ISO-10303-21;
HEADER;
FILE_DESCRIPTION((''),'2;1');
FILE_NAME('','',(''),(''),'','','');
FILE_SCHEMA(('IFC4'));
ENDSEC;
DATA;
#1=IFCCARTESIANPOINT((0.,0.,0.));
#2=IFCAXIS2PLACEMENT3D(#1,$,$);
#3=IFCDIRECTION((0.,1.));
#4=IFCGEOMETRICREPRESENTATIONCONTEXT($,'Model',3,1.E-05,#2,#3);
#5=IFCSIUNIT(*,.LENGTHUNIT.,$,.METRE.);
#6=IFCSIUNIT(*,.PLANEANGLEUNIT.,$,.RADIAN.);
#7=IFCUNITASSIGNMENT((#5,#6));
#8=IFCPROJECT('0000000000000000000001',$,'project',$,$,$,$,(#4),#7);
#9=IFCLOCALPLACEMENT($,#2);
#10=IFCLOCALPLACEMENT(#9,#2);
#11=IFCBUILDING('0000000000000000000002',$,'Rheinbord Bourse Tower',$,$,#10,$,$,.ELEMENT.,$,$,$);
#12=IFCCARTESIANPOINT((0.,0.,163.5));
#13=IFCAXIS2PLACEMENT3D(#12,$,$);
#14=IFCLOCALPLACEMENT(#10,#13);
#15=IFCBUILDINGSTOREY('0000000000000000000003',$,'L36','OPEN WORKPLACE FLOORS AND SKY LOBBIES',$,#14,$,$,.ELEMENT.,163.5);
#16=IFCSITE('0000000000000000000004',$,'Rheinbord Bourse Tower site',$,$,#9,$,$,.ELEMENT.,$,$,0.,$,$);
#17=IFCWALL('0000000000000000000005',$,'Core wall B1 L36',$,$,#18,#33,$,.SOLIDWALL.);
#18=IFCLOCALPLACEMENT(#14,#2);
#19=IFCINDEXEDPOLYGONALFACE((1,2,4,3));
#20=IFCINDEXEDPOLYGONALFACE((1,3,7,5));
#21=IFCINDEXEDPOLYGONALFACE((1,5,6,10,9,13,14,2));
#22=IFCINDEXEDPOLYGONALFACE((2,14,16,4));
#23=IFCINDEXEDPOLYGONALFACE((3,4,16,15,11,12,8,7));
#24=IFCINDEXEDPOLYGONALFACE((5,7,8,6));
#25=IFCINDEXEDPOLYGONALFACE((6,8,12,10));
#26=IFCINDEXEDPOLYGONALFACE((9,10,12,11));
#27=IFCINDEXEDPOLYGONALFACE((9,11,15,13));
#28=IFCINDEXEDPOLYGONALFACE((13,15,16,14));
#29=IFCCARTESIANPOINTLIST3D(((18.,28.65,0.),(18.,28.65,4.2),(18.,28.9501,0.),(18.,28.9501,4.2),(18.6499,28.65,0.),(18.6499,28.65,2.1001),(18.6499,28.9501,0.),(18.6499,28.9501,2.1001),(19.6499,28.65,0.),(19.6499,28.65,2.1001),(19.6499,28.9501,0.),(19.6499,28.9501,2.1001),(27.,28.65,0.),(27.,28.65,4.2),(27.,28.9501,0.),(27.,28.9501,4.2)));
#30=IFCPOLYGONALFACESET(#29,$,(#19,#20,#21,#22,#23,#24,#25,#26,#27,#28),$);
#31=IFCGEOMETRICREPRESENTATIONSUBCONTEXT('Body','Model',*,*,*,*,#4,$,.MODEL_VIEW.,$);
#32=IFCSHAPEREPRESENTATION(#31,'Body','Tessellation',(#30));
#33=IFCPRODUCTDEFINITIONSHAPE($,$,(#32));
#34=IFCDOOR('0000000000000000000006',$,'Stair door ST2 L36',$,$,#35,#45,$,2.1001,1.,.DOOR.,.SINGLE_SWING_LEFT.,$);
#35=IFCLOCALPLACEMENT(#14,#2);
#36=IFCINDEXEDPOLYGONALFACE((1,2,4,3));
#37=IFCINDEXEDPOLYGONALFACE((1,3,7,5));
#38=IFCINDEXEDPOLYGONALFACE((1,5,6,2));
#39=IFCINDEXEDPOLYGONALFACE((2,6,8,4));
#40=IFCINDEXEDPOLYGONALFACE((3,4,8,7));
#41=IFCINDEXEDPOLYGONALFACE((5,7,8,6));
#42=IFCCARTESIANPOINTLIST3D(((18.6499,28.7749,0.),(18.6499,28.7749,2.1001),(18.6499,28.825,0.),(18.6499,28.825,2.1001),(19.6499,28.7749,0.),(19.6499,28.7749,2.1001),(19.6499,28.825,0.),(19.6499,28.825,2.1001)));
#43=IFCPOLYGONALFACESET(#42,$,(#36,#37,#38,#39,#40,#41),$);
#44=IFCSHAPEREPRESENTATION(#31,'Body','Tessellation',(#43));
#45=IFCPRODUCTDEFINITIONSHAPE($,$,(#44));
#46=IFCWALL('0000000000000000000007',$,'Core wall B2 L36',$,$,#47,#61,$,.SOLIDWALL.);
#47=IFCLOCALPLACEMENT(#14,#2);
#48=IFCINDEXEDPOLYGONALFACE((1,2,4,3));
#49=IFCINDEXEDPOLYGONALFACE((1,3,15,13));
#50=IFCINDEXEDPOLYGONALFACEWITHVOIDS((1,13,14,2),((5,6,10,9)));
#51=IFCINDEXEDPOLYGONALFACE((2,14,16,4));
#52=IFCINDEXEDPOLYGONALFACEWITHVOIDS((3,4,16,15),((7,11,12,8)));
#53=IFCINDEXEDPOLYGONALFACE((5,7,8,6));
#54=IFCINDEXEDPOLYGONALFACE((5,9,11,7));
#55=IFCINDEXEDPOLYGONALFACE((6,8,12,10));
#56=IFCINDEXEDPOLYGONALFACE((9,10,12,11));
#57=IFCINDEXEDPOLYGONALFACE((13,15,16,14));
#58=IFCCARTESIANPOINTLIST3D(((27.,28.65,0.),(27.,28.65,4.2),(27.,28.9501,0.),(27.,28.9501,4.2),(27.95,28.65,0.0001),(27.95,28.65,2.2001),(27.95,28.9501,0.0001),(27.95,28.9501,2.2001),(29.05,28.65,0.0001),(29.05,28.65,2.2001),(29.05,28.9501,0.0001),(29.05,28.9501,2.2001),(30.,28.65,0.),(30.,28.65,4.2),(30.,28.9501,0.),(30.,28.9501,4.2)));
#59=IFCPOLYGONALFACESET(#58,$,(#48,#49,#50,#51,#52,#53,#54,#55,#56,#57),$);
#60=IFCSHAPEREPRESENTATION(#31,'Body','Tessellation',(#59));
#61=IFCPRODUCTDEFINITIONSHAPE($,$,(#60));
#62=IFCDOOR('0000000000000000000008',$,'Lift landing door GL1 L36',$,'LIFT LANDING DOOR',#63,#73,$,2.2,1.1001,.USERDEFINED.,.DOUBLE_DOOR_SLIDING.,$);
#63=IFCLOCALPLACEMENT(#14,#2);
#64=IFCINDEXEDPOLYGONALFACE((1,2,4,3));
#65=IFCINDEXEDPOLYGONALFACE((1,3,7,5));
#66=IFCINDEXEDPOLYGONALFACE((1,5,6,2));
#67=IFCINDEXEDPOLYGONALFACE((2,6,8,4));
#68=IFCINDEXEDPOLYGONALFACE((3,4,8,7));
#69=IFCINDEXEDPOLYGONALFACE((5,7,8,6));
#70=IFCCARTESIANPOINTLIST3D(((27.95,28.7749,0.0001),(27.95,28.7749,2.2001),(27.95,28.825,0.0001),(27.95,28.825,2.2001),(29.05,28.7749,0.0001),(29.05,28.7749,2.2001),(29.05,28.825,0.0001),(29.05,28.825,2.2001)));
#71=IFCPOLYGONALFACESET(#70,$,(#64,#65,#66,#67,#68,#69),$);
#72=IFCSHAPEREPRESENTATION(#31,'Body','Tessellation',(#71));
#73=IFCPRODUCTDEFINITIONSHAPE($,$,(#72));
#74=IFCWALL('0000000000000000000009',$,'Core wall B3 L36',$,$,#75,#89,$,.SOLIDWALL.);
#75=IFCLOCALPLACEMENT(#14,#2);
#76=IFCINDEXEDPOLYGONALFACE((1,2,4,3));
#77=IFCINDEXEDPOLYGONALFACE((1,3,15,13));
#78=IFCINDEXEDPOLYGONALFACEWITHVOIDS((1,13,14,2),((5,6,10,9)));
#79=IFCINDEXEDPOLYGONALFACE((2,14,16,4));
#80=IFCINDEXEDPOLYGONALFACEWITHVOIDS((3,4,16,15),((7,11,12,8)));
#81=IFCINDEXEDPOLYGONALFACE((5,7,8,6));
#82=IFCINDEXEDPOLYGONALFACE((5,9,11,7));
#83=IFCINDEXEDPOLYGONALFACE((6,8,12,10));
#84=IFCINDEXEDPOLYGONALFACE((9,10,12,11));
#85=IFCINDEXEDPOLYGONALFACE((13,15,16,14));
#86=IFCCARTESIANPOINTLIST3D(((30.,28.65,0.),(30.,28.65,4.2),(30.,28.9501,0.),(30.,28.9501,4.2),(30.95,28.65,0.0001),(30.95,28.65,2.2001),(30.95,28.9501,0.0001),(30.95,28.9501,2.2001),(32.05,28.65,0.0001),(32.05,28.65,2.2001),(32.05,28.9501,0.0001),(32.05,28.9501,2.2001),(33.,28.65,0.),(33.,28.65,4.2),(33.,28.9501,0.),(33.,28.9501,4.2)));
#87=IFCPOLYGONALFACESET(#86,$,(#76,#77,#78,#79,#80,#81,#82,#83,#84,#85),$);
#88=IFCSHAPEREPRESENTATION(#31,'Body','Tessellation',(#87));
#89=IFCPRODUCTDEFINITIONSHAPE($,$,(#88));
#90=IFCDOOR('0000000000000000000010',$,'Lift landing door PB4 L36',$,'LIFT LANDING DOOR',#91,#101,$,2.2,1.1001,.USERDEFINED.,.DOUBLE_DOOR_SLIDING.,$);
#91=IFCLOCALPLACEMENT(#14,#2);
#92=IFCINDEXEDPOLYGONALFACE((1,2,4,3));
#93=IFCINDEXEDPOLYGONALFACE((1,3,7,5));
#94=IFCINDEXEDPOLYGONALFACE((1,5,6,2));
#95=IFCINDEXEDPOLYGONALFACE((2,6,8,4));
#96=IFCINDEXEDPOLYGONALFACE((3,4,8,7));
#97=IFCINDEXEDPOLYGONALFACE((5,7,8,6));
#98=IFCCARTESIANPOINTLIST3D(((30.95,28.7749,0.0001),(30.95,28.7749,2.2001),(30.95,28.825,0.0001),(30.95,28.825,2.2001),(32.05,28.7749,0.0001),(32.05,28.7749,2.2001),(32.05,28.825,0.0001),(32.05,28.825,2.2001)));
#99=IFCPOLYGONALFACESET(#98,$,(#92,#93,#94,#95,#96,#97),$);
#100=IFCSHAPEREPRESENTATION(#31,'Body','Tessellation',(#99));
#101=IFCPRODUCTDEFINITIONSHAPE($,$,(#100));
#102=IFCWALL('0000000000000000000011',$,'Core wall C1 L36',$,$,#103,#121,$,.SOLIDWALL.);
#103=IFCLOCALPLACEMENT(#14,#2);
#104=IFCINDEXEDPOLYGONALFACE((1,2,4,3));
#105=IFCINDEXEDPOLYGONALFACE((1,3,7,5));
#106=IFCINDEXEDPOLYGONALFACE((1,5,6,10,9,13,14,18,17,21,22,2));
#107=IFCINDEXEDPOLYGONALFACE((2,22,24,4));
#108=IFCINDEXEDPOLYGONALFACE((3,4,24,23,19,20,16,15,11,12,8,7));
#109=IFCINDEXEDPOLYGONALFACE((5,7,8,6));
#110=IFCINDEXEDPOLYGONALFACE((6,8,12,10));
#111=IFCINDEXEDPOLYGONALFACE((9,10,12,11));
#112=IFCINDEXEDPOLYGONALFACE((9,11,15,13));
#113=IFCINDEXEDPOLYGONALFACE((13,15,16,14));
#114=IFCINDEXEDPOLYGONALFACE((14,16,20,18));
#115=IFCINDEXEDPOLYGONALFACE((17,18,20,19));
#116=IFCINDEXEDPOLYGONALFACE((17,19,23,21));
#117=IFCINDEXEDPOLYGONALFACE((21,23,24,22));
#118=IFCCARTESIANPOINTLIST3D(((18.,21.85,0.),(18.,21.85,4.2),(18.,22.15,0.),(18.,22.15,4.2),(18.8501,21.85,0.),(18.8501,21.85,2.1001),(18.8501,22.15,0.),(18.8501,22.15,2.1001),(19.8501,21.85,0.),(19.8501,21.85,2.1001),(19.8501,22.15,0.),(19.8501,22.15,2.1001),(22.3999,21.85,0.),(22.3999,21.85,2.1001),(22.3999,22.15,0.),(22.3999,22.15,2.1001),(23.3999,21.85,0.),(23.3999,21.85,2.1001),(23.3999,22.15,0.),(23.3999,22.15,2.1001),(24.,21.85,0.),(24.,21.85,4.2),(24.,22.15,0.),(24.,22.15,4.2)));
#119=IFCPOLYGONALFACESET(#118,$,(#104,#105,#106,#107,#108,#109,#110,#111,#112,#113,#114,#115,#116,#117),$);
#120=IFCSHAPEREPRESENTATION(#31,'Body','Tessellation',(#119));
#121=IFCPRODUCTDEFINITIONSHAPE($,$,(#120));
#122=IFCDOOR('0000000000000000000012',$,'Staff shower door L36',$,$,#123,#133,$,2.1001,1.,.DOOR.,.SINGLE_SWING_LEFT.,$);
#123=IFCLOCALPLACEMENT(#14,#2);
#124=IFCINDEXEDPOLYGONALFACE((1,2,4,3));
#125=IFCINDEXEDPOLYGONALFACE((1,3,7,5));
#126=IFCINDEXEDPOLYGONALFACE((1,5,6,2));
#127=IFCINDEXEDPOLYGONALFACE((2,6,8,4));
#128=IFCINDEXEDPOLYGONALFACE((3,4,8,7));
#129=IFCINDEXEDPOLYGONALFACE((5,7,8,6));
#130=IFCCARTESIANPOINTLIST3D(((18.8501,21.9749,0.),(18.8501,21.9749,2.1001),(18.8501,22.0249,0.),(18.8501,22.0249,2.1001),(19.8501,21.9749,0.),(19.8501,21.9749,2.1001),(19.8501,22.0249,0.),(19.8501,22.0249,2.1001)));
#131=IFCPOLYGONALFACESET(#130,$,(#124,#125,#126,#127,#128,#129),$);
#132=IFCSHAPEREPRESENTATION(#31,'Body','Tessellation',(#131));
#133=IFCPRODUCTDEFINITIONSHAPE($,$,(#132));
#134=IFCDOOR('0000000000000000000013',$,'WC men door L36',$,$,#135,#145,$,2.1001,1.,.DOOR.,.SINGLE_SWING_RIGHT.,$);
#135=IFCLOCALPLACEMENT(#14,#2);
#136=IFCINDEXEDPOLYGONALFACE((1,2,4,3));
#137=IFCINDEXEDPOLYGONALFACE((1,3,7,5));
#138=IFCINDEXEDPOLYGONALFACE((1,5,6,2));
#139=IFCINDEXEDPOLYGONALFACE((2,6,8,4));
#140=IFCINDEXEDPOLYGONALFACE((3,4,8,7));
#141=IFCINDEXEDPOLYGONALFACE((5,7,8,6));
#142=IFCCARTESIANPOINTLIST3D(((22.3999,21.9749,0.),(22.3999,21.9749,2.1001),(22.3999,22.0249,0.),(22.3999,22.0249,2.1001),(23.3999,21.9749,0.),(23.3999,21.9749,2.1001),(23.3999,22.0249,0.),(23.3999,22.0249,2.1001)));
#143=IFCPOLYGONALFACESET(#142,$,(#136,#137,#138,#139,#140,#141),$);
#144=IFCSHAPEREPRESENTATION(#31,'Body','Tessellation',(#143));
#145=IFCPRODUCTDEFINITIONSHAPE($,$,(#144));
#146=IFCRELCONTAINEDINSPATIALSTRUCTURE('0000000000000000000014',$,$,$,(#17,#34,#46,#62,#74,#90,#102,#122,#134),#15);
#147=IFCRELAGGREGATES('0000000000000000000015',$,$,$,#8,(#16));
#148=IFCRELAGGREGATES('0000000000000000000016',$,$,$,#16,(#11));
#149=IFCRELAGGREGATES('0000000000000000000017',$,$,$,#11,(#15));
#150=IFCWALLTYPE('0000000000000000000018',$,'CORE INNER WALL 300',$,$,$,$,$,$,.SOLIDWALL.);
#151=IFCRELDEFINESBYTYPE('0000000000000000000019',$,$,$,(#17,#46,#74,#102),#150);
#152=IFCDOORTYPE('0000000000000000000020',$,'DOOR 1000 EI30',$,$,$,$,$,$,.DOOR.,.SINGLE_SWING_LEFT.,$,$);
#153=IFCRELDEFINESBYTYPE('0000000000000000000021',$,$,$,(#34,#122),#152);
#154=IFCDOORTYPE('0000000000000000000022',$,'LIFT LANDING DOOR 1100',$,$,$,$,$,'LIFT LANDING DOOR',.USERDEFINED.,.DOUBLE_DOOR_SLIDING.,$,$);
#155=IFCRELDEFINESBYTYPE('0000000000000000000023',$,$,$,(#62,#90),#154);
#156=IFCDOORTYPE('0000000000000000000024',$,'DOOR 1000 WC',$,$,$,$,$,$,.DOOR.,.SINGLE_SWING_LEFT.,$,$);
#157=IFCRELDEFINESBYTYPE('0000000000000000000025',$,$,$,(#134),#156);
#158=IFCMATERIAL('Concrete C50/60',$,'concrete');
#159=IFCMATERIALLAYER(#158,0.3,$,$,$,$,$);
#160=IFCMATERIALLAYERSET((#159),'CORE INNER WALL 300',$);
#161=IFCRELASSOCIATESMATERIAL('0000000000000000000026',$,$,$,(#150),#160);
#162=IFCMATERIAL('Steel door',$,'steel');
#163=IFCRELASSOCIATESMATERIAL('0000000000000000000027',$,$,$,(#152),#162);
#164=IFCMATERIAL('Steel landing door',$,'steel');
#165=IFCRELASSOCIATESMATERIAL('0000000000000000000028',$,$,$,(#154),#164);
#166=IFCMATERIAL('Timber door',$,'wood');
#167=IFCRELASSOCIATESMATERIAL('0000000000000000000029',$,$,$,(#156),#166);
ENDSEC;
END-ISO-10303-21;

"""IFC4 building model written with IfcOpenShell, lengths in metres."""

from ifc_helpers import new_model, si_unit, direction, frame, frame_2d, origin, place, context, subcontext, project, spatial, rectangle, extrude, material, layer, layer_set, type_object, element, fill, save


model = new_model("IFC4")

# Units and contexts
model_context = context("Model", 3, precision=1e-05, world=origin(), true_north=direction((0.0, 1.0)))
body_context = subcontext(model_context, "Body", "Model", "MODEL_VIEW")
ifc_project = project(units=[si_unit("LENGTHUNIT", "METRE"), si_unit("PLANEANGLEUNIT", "RADIAN")], contexts=[model_context])

# Site, building, storey
site_placement = place(None, origin())
site = spatial("IfcSite", under=ifc_project, at=site_placement, Name="Rheinbord Bourse Tower site", CompositionType="ELEMENT", RefElevation=0.0)
building_placement = place(site_placement, origin())
building = spatial("IfcBuilding", under=site, at=building_placement, Name="Rheinbord Bourse Tower", CompositionType="ELEMENT")
storey_placement = place(building_placement, frame((0.0, 0.0, 163.5)))
storey = spatial("IfcBuildingStorey", under=building, at=storey_placement, Name="L36", Description="OPEN WORKPLACE FLOORS AND SKY LOBBIES", CompositionType="ELEMENT", Elevation=163.5)

# Walls, openings, doors
ifc_material_1 = material(Name="Concrete C50/60", Category="concrete")
ifc_layer_1 = layer(ifc_material_1, 0.3)
ifc_layer_set_1 = layer_set([ifc_layer_1], Name="CORE INNER WALL 300")
wall_type_1 = type_object("IfcWallType", Name="CORE INNER WALL 300", PredefinedType="SOLIDWALL", material=ifc_layer_set_1)
wall_1_placement = place(storey_placement, frame((18.0, 28.8, 0.0), z_axis=(0.0, 0.0, 1.0), x_axis=(1.0, 0.0, 0.0)))
wall_1 = element("IfcWall", 1, at=wall_1_placement, inside=storey, type_object=wall_type_1, Name="Core wall B1 L36", PredefinedType="SOLIDWALL", context=body_context, shape_type="SweptSolid", body=[
    extrude(rectangle(XDim=9.0, YDim=0.3, at=frame_2d((4.5, 0.0))), origin(), (0.0, 0.0, 1.0), 4.2),
])
opening_1_placement = place(wall_1_placement, frame((0.6499, 0.0, 0.0)))
opening_1 = element("IfcOpeningElement", 2, at=opening_1_placement, cuts=wall_1, PredefinedType="OPENING", context=body_context, shape_type="SweptSolid", body=[
    extrude(rectangle(XDim=1.0, YDim=2.1001, at=frame_2d((0.5, 1.05))), frame((0.0, 0.1599, 0.0), z_axis=(0.0, -1.0, 0.0), x_axis=(1.0, 0.0, 0.0)), (0.0, 0.0, 1.0), 0.3201),
])
ifc_material_2 = material(Name="Steel door", Category="steel")
door_type_1 = type_object("IfcDoorType", Name="DOOR 1000 EI30", OperationType="SINGLE_SWING_LEFT", PredefinedType="DOOR", material=ifc_material_2)
door_1_placement = place(opening_1_placement, origin())
door_1 = element("IfcDoor", 3, at=door_1_placement, inside=storey, type_object=door_type_1, Name="Stair door ST2 L36", OperationType="SINGLE_SWING_LEFT", OverallHeight=2.1001, OverallWidth=1.0, PredefinedType="DOOR", context=body_context, shape_type="SweptSolid", body=[
    extrude(rectangle(XDim=1.0, YDim=2.1001, at=frame_2d((0.5, 1.05))), frame((0.0, 0.0249, 0.0), z_axis=(0.0, -1.0, 0.0), x_axis=(1.0, 0.0, 0.0)), (0.0, 0.0, 1.0), 0.05),
])
fill(opening_1, door_1)
wall_2_placement = place(storey_placement, frame((27.0, 28.8, 0.0), z_axis=(0.0, 0.0, 1.0), x_axis=(1.0, 0.0, 0.0)))
wall_2 = element("IfcWall", 4, at=wall_2_placement, inside=storey, type_object=wall_type_1, Name="Core wall B2 L36", PredefinedType="SOLIDWALL", context=body_context, shape_type="SweptSolid", body=[
    extrude(rectangle(XDim=3.0, YDim=0.3, at=frame_2d((1.5, 0.0))), origin(), (0.0, 0.0, 1.0), 4.2),
])
opening_2_placement = place(wall_2_placement, frame((0.95, 0.0, 0.0)))
opening_2 = element("IfcOpeningElement", 5, at=opening_2_placement, cuts=wall_2, PredefinedType="OPENING", context=body_context, shape_type="SweptSolid", body=[
    extrude(rectangle(XDim=1.1001, YDim=2.2, at=frame_2d((0.55, 1.1001))), frame((0.0, 0.1599, 0.0), z_axis=(0.0, -1.0, 0.0), x_axis=(1.0, 0.0, 0.0)), (0.0, 0.0, 1.0), 0.3201),
])
ifc_material_3 = material(Name="Steel landing door", Category="steel")
door_type_2 = type_object("IfcDoorType", Name="LIFT LANDING DOOR 1100", ElementType="LIFT LANDING DOOR", OperationType="DOUBLE_DOOR_SLIDING", PredefinedType="USERDEFINED", material=ifc_material_3)
door_2_placement = place(opening_2_placement, origin())
door_2 = element("IfcDoor", 6, at=door_2_placement, inside=storey, type_object=door_type_2, Name="Lift landing door GL1 L36", ObjectType="LIFT LANDING DOOR", OperationType="DOUBLE_DOOR_SLIDING", OverallHeight=2.2, OverallWidth=1.1001, PredefinedType="USERDEFINED", context=body_context, shape_type="SweptSolid", body=[
    extrude(rectangle(XDim=1.1001, YDim=2.2, at=frame_2d((0.55, 1.1001))), frame((0.0, 0.0249, 0.0), z_axis=(0.0, -1.0, 0.0), x_axis=(1.0, 0.0, 0.0)), (0.0, 0.0, 1.0), 0.05),
])
fill(opening_2, door_2)
wall_3_placement = place(storey_placement, frame((30.0, 28.8, 0.0), z_axis=(0.0, 0.0, 1.0), x_axis=(1.0, 0.0, 0.0)))
wall_3 = element("IfcWall", 7, at=wall_3_placement, inside=storey, type_object=wall_type_1, Name="Core wall B3 L36", PredefinedType="SOLIDWALL", context=body_context, shape_type="SweptSolid", body=[
    extrude(rectangle(XDim=3.0, YDim=0.3, at=frame_2d((1.5, 0.0))), origin(), (0.0, 0.0, 1.0), 4.2),
])
opening_3_placement = place(wall_3_placement, frame((0.95, 0.0, 0.0)))
opening_3 = element("IfcOpeningElement", 8, at=opening_3_placement, cuts=wall_3, PredefinedType="OPENING", context=body_context, shape_type="SweptSolid", body=[
    extrude(rectangle(XDim=1.1001, YDim=2.2, at=frame_2d((0.55, 1.1001))), frame((0.0, 0.1599, 0.0), z_axis=(0.0, -1.0, 0.0), x_axis=(1.0, 0.0, 0.0)), (0.0, 0.0, 1.0), 0.3201),
])
door_3_placement = place(opening_3_placement, origin())
door_3 = element("IfcDoor", 9, at=door_3_placement, inside=storey, type_object=door_type_2, Name="Lift landing door PB4 L36", ObjectType="LIFT LANDING DOOR", OperationType="DOUBLE_DOOR_SLIDING", OverallHeight=2.2, OverallWidth=1.1001, PredefinedType="USERDEFINED", context=body_context, shape_type="SweptSolid", body=[
    extrude(rectangle(XDim=1.1001, YDim=2.2, at=frame_2d((0.55, 1.1001))), frame((0.0, 0.0249, 0.0), z_axis=(0.0, -1.0, 0.0), x_axis=(1.0, 0.0, 0.0)), (0.0, 0.0, 1.0), 0.05),
])
fill(opening_3, door_3)

# Wall, openings, doors
wall_4_placement = place(storey_placement, frame((18.0, 22.0, 0.0), z_axis=(0.0, 0.0, 1.0), x_axis=(1.0, 0.0, 0.0)))
wall_4 = element("IfcWall", 10, at=wall_4_placement, inside=storey, type_object=wall_type_1, Name="Core wall C1 L36", PredefinedType="SOLIDWALL", context=body_context, shape_type="SweptSolid", body=[
    extrude(rectangle(XDim=6.0, YDim=0.3, at=frame_2d((3.0, 0.0))), origin(), (0.0, 0.0, 1.0), 4.2),
])
opening_4_placement = place(wall_4_placement, frame((4.3999, 0.0, 0.0)))
opening_4 = element("IfcOpeningElement", 11, at=opening_4_placement, cuts=wall_4, PredefinedType="OPENING", context=body_context, shape_type="SweptSolid", body=[
    extrude(rectangle(XDim=1.0, YDim=2.1001, at=frame_2d((0.5, 1.05))), frame((0.0, 0.1599, 0.0), z_axis=(0.0, -1.0, 0.0), x_axis=(1.0, 0.0, 0.0)), (0.0, 0.0, 1.0), 0.3201),
])
opening_5_placement = place(wall_4_placement, frame((0.8501, 0.0, 0.0)))
opening_5 = element("IfcOpeningElement", 12, at=opening_5_placement, cuts=wall_4, PredefinedType="OPENING", context=body_context, shape_type="SweptSolid", body=[
    extrude(rectangle(XDim=1.0, YDim=2.1001, at=frame_2d((0.5, 1.05))), frame((0.0, 0.1599, 0.0), z_axis=(0.0, -1.0, 0.0), x_axis=(1.0, 0.0, 0.0)), (0.0, 0.0, 1.0), 0.3201),
])
door_4_placement = place(opening_5_placement, origin())
door_4 = element("IfcDoor", 13, at=door_4_placement, inside=storey, type_object=door_type_1, Name="Staff shower door L36", OperationType="SINGLE_SWING_LEFT", OverallHeight=2.1001, OverallWidth=1.0, PredefinedType="DOOR", context=body_context, shape_type="SweptSolid", body=[
    extrude(rectangle(XDim=1.0, YDim=2.1001, at=frame_2d((0.5, 1.05))), frame((0.0, 0.0249, 0.0), z_axis=(0.0, -1.0, 0.0), x_axis=(1.0, 0.0, 0.0)), (0.0, 0.0, 1.0), 0.05),
])
fill(opening_5, door_4)
ifc_material_4 = material(Name="Timber door", Category="wood")
door_type_3 = type_object("IfcDoorType", Name="DOOR 1000 WC", OperationType="SINGLE_SWING_LEFT", PredefinedType="DOOR", material=ifc_material_4)
door_5_placement = place(opening_4_placement, origin())
door_5 = element("IfcDoor", 14, at=door_5_placement, inside=storey, type_object=door_type_3, Name="WC men door L36", OperationType="SINGLE_SWING_RIGHT", OverallHeight=2.1001, OverallWidth=1.0, PredefinedType="DOOR", context=body_context, shape_type="SweptSolid", body=[
    extrude(rectangle(XDim=1.0, YDim=2.1001, at=frame_2d((0.5, 1.05))), frame((0.0, 0.0249, 0.0), z_axis=(0.0, -1.0, 0.0), x_axis=(1.0, 0.0, 0.0)), (0.0, 0.0, 1.0), 0.05),
])
fill(opening_4, door_5)

save(model, "model.ifc")
